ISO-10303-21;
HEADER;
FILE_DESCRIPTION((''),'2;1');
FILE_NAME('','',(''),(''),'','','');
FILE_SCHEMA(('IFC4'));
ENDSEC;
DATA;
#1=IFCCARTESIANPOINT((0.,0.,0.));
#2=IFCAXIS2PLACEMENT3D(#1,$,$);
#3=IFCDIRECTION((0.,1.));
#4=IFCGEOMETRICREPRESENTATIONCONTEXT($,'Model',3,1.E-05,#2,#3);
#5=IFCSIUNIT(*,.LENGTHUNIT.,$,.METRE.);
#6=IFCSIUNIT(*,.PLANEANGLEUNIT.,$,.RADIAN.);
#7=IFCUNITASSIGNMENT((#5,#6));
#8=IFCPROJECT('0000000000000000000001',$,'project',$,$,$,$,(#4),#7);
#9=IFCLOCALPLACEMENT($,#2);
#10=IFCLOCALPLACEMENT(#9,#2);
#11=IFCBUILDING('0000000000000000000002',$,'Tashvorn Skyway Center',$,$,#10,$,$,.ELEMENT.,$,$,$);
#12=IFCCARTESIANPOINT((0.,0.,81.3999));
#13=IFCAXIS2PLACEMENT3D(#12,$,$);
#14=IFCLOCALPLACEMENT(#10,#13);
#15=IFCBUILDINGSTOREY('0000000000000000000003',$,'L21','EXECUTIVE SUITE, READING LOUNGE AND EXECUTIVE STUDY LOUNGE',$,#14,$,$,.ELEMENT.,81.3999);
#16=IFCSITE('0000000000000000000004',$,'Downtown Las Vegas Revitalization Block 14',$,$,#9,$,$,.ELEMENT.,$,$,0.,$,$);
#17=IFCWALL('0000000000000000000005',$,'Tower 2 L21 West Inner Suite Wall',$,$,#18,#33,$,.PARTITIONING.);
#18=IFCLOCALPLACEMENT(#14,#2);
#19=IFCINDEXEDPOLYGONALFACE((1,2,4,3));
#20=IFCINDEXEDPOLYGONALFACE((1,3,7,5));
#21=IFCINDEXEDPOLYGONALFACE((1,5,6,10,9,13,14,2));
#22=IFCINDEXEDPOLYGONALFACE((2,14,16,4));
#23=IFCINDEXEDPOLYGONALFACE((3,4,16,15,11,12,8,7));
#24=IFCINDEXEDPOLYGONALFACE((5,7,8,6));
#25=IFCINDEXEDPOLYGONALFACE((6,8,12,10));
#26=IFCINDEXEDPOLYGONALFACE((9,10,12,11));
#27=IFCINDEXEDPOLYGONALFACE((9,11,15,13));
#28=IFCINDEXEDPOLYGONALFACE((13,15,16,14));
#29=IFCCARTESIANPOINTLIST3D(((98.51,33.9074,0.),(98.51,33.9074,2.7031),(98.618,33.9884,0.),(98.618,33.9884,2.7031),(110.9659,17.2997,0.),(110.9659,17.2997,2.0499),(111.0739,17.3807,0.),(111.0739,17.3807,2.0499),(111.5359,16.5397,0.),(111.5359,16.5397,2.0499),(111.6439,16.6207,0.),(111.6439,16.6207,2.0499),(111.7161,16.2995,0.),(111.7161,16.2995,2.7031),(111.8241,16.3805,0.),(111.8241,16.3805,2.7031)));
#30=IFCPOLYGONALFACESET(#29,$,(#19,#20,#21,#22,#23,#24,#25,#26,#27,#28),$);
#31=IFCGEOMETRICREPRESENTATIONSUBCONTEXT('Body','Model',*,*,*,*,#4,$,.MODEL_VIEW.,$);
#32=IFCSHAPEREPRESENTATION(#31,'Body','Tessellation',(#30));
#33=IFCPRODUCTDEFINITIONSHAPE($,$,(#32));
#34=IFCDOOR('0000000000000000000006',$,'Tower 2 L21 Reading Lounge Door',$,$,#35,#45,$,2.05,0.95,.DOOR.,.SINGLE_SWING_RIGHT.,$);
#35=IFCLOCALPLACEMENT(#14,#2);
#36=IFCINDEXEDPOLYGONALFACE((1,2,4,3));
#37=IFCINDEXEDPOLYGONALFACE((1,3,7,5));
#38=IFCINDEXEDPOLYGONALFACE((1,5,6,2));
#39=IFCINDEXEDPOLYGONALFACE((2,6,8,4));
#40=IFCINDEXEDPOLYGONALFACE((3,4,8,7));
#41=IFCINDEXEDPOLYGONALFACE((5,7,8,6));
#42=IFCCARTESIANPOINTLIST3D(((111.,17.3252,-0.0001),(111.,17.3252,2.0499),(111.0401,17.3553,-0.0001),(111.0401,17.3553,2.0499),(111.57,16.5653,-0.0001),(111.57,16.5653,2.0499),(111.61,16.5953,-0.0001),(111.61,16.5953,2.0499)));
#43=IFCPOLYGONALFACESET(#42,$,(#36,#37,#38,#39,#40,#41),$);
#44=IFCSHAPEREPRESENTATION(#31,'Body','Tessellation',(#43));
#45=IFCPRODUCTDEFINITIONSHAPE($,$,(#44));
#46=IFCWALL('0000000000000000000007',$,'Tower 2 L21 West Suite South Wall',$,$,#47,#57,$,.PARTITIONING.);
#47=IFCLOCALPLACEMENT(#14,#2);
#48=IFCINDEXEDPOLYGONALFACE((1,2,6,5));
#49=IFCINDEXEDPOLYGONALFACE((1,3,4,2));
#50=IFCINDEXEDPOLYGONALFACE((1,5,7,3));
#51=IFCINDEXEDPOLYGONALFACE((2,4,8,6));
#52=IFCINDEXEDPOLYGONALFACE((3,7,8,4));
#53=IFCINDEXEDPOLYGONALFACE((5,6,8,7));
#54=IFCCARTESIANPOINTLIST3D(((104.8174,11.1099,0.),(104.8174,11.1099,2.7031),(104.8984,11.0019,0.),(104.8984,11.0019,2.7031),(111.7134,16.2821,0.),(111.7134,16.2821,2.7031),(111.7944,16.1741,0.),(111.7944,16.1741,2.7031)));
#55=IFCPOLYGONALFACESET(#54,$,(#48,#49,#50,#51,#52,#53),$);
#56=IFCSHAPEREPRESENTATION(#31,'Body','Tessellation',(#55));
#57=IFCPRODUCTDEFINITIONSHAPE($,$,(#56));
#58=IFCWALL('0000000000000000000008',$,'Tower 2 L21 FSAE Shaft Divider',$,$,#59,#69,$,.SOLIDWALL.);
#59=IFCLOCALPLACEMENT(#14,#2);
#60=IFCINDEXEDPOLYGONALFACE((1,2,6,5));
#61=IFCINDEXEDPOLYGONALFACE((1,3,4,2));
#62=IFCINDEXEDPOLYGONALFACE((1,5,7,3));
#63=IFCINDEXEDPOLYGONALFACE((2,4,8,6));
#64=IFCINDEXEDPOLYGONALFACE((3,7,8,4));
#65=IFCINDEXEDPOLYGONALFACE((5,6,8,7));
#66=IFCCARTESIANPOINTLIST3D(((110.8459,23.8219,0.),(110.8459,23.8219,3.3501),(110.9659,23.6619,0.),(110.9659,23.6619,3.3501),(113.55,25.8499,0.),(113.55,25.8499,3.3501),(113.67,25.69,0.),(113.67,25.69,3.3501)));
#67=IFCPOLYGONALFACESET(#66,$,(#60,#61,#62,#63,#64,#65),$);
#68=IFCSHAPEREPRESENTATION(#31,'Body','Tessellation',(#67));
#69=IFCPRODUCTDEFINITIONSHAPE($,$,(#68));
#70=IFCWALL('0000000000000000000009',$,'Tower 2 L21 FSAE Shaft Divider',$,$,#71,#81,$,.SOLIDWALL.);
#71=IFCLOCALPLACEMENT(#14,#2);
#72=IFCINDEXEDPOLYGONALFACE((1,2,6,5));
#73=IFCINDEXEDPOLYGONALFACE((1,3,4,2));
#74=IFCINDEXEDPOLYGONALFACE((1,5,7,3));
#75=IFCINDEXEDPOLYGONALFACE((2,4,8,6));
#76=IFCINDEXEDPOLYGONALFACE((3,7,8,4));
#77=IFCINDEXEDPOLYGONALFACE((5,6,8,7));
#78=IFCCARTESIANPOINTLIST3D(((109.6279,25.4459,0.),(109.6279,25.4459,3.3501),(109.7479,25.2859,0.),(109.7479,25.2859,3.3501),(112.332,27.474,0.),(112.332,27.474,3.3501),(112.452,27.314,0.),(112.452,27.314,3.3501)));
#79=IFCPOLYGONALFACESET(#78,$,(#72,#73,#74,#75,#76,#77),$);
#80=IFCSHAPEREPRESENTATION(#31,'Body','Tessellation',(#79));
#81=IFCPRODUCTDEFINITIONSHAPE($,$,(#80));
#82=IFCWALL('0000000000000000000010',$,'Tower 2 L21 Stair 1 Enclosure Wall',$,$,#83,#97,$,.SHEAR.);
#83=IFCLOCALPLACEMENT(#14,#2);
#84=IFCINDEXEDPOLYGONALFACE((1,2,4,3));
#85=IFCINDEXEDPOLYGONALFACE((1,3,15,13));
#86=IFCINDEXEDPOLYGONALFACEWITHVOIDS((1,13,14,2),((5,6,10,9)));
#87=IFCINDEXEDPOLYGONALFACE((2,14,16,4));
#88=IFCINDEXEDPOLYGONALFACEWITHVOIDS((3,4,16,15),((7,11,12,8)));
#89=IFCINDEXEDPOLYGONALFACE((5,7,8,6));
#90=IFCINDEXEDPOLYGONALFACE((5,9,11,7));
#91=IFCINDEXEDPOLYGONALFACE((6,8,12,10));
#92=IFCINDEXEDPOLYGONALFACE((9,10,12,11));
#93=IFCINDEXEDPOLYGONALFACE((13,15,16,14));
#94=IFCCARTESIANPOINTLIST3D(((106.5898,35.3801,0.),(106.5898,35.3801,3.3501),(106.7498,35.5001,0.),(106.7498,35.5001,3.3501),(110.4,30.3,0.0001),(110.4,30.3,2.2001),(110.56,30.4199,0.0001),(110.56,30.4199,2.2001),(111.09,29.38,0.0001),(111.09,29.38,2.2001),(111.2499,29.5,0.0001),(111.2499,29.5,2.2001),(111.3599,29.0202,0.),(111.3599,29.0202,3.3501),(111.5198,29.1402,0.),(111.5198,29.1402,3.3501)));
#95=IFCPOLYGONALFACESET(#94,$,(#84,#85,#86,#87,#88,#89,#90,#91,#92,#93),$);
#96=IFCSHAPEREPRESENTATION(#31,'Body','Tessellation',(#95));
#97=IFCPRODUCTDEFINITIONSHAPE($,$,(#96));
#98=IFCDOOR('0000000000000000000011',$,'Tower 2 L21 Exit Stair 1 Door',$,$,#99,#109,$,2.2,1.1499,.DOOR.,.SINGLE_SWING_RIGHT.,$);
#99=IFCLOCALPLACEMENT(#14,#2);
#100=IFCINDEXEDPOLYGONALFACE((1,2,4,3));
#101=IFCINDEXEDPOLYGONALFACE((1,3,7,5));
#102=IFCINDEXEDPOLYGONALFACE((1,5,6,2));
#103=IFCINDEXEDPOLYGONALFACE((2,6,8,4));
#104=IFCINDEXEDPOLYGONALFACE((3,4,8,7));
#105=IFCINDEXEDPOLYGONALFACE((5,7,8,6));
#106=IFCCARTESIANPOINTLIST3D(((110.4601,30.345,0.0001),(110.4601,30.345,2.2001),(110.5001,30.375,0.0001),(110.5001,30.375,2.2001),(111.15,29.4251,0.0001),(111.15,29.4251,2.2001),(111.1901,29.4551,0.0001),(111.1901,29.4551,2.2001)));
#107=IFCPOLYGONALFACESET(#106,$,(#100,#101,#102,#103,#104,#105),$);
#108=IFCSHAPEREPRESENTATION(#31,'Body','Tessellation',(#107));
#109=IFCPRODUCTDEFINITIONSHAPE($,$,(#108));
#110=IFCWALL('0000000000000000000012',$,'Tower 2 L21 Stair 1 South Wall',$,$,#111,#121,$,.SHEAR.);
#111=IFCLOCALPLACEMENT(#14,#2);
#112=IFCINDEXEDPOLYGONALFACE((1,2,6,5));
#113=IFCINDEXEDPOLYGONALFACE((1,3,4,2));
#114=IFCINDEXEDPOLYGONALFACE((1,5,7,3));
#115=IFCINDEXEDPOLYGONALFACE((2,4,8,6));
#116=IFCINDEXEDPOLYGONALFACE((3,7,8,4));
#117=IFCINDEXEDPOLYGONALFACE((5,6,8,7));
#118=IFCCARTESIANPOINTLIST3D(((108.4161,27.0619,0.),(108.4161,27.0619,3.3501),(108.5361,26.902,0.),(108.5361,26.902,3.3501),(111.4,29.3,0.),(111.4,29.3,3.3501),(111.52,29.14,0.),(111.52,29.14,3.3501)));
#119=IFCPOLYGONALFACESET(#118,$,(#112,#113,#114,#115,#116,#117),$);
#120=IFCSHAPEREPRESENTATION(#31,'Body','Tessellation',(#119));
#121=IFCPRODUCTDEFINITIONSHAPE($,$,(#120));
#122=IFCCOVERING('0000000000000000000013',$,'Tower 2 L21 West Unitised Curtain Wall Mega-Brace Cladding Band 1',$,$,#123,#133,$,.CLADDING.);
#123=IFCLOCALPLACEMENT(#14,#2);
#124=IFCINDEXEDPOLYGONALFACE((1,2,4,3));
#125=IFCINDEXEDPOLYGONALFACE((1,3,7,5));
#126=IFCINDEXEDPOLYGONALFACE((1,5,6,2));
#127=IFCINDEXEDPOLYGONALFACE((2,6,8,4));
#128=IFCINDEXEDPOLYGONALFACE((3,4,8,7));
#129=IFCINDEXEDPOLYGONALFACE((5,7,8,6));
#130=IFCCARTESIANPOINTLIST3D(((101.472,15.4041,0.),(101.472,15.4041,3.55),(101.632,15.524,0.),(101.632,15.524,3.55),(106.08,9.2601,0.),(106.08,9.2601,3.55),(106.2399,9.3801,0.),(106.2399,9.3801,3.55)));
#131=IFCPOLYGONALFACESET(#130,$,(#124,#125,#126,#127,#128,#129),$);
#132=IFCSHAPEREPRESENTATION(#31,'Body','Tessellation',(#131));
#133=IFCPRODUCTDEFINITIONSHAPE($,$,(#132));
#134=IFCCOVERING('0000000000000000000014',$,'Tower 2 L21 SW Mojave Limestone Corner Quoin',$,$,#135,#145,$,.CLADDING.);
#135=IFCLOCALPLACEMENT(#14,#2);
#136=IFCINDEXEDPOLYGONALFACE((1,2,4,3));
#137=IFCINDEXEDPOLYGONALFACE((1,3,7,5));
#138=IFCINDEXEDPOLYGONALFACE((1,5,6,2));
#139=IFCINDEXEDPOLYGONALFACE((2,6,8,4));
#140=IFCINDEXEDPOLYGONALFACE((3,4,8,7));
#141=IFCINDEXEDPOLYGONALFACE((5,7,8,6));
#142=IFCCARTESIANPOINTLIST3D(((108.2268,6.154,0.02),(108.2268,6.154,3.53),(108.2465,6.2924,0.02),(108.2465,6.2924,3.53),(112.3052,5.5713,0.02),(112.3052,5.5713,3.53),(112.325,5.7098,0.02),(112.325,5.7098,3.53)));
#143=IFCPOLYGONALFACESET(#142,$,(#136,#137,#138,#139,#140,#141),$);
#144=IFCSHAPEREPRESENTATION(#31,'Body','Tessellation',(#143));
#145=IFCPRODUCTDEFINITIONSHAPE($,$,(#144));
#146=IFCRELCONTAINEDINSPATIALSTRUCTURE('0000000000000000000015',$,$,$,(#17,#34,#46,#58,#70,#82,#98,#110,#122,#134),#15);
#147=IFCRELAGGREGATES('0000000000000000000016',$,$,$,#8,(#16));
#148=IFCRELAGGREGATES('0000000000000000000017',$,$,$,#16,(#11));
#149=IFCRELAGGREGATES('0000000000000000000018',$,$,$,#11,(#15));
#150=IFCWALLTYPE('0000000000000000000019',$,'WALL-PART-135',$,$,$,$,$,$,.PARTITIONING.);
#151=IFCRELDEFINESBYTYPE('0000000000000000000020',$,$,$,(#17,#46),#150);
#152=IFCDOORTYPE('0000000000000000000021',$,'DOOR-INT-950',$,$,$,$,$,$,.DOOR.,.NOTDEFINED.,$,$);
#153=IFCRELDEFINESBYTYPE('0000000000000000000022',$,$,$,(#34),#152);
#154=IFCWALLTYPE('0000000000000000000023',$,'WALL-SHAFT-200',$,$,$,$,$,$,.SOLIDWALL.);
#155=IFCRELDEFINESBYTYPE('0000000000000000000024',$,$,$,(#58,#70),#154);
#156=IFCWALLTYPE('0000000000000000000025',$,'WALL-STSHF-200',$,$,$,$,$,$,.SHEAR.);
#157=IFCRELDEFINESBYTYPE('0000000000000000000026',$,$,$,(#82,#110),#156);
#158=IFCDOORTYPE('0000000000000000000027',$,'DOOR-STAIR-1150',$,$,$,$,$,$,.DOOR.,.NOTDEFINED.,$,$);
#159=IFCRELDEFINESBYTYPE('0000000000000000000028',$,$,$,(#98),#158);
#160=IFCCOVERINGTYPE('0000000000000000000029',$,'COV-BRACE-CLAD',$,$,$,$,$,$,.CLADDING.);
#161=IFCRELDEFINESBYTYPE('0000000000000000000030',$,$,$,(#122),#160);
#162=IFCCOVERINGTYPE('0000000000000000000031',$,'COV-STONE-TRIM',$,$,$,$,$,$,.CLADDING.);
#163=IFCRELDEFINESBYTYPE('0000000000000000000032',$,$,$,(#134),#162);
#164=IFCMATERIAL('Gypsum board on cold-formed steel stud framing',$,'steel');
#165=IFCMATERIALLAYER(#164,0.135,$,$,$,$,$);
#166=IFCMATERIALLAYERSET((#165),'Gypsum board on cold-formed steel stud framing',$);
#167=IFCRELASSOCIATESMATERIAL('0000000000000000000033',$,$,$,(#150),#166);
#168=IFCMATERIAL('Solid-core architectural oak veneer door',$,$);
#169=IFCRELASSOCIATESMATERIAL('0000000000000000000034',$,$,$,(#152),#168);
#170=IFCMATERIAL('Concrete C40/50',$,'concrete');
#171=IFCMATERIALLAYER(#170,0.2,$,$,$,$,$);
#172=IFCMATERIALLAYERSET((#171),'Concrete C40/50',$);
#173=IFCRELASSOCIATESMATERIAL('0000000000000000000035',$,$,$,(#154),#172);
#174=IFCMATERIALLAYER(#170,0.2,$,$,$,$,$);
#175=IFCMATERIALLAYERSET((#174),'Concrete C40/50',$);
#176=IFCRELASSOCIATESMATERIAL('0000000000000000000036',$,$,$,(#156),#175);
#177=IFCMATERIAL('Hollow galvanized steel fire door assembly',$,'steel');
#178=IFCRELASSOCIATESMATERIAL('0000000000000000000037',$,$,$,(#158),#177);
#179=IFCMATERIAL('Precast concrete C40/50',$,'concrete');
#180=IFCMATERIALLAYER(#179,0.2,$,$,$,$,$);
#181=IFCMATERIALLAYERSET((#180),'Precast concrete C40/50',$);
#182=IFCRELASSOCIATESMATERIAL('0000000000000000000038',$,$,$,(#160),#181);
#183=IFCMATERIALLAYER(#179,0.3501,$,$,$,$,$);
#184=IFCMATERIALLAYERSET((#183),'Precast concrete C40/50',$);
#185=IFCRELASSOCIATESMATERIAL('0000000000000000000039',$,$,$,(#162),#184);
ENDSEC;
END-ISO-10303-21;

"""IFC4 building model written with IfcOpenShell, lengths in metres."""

from ifc_helpers import new_model, si_unit, direction, frame, frame_2d, origin, origin_2d, place, context, subcontext, project, spatial, rectangle, extrude, material, layer, layer_set, type_object, element, fill, save


model = new_model("IFC4")

# Units and contexts
model_context = context("Model", 3, precision=1e-05, world=origin(), true_north=direction((0.0, 1.0)))
body_context = subcontext(model_context, "Body", "Model", "MODEL_VIEW")
ifc_project = project(units=[si_unit("LENGTHUNIT", "METRE"), si_unit("PLANEANGLEUNIT", "RADIAN")], contexts=[model_context])

# Site, building, storey
site_placement = place(None, origin())
site = spatial("IfcSite", under=ifc_project, at=site_placement, Name="Downtown Las Vegas Revitalization Block 14", CompositionType="ELEMENT", RefElevation=0.0)
building_placement = place(site_placement, origin())
building = spatial("IfcBuilding", under=site, at=building_placement, Name="Tashvorn Skyway Center", CompositionType="ELEMENT")
storey_placement = place(building_placement, frame((0.0, 0.0, 81.3999)))
storey = spatial("IfcBuildingStorey", under=building, at=storey_placement, Name="L21", Description="EXECUTIVE SUITE, READING LOUNGE AND EXECUTIVE STUDY LOUNGE", CompositionType="ELEMENT", Elevation=81.3999)

# Shared definitions
ifc_material_1 = material(Name="Precast concrete C40/50", Category="concrete")

# Wall, opening, door
ifc_material_2 = material(Name="Concrete C40/50", Category="concrete")
ifc_material_3 = material(Name="Hollow galvanized steel fire door assembly", Category="steel")
ifc_material_4 = material(Name="Gypsum board on cold-formed steel stud framing", Category="steel")
ifc_layer_1 = layer(ifc_material_4, 0.135)
ifc_layer_set_1 = layer_set([ifc_layer_1], Name="Gypsum board on cold-formed steel stud framing")
wall_type_1 = type_object("IfcWallType", Name="WALL-PART-135", PredefinedType="PARTITIONING", material=ifc_layer_set_1)
wall_1_placement = place(storey_placement, frame((111.77, 16.3401, 0.0), z_axis=(0.0, 0.0, 1.0), x_axis=(-0.600004, 0.799997, 0.0)))
wall_1 = element("IfcWall", 1, at=wall_1_placement, inside=storey, type_object=wall_type_1, Name="Tower 2 L21 West Inner Suite Wall", PredefinedType="PARTITIONING", context=body_context, shape_type="SweptSolid", body=[
    extrude(rectangle(XDim=22.01, YDim=0.135, at=frame_2d((11.0049, 0.0))), origin(), (0.0, 0.0, 1.0), 2.7031),
])
opening_1_placement = place(wall_1_placement, frame((0.3, 0.0, 0.0)))
opening_1 = element("IfcOpeningElement", 2, at=opening_1_placement, cuts=wall_1, PredefinedType="OPENING", context=body_context, shape_type="SweptSolid", body=[
    extrude(rectangle(XDim=0.95, YDim=2.05, at=frame_2d((0.4751, 1.0249))), frame((0.0, 0.0774, 0.0), z_axis=(0.0, -1.0, 0.0), x_axis=(1.0, 0.0, 0.0)), (0.0, 0.0, 1.0), 0.155),
])
ifc_material_5 = material(Name="Solid-core architectural oak veneer door")
door_type_1 = type_object("IfcDoorType", Name="DOOR-INT-950", OperationType="NOTDEFINED", PredefinedType="DOOR", material=ifc_material_5)
door_1_placement = place(opening_1_placement, origin())
door_1 = element("IfcDoor", 3, at=door_1_placement, inside=storey, type_object=door_type_1, Name="Tower 2 L21 Reading Lounge Door", OperationType="SINGLE_SWING_RIGHT", OverallHeight=2.05, OverallWidth=0.95, PredefinedType="DOOR", context=body_context, shape_type="SweptSolid", body=[
    extrude(rectangle(XDim=0.95, YDim=2.05, at=frame_2d((0.4751, 1.0249))), frame((0.0, 0.0249, 0.0), z_axis=(0.0, -1.0, 0.0), x_axis=(1.0, 0.0, 0.0)), (0.0, 0.0, 1.0), 0.05),
])
fill(opening_1, door_1)

# Walls
wall_2_placement = place(storey_placement, frame((104.8579, 11.0559, 0.0), z_axis=(0.0, 0.0, 1.0), x_axis=(0.799993, 0.600009, 0.0)))
element("IfcWall", 4, at=wall_2_placement, inside=storey, type_object=wall_type_1, Name="Tower 2 L21 West Suite South Wall", PredefinedType="PARTITIONING", context=body_context, shape_type="SweptSolid", body=[
    extrude(rectangle(XDim=8.6201, YDim=0.135, at=frame_2d((4.3101, 0.0))), origin(), (0.0, 0.0, 1.0), 2.7031),
])
ifc_layer_2 = layer(ifc_material_2, 0.2)
ifc_layer_set_2 = layer_set([ifc_layer_2], Name="Concrete C40/50")
wall_type_2 = type_object("IfcWallType", Name="WALL-SHAFT-200", PredefinedType="SOLIDWALL", material=ifc_layer_set_2)
for number, where, z_axis, x_axis, name in (
    (5, (110.906, 23.7419, 0.0), (0.0, 0.0, 1.0), (0.8, 0.6, 0.0), "Tower 2 L21 FSAE Shaft Divider"),
    (6, (109.688, 25.366, 0.0), (0.0, 0.0, 1.0), (0.8, 0.6, 0.0), "Tower 2 L21 FSAE Shaft Divider"),
):
    element("IfcWall", number, at=place(storey_placement, frame(where, z_axis=z_axis, x_axis=x_axis)), inside=storey, type_object=wall_type_2, Name=name, PredefinedType="SOLIDWALL", context=body_context, shape_type="SweptSolid", body=[
        extrude(rectangle(XDim=3.3801, YDim=0.2, at=frame_2d((1.6899, 0.0))), origin(), (0.0, 0.0, 1.0), 3.3501),
    ])

# Wall, opening, door
ifc_layer_3 = layer(ifc_material_2, 0.2)
ifc_layer_set_3 = layer_set([ifc_layer_3], Name="Concrete C40/50")
wall_type_3 = type_object("IfcWallType", Name="WALL-STSHF-200", PredefinedType="SHEAR", material=ifc_layer_set_3)
wall_3_placement = place(storey_placement, frame((111.4399, 29.0801, 0.0), z_axis=(0.0, 0.0, 1.0), x_axis=(-0.60001, 0.799993, 0.0)))
wall_3 = element("IfcWall", 7, at=wall_3_placement, inside=storey, type_object=wall_type_3, Name="Tower 2 L21 Stair 1 Enclosure Wall", PredefinedType="SHEAR", context=body_context, shape_type="SweptSolid", body=[
    extrude(rectangle(XDim=7.95, YDim=0.2, at=frame_2d((3.9751, 0.0))), origin(), (0.0, 0.0, 1.0), 3.3501),
])
opening_2_placement = place(wall_3_placement, frame((0.45, 0.0, 0.0)))
opening_2 = element("IfcOpeningElement", 8, at=opening_2_placement, cuts=wall_3, PredefinedType="OPENING", context=body_context, shape_type="SweptSolid", body=[
    extrude(rectangle(XDim=1.1499, YDim=2.2, at=frame_2d((0.575, 1.1001))), frame((0.0, 0.1099, 0.0), z_axis=(0.0, -1.0, 0.0), x_axis=(1.0, 0.0, 0.0)), (0.0, 0.0, 1.0), 0.22),
])
door_type_2 = type_object("IfcDoorType", Name="DOOR-STAIR-1150", OperationType="NOTDEFINED", PredefinedType="DOOR", material=ifc_material_3)
door_2_placement = place(opening_2_placement, origin())
door_2 = element("IfcDoor", 9, at=door_2_placement, inside=storey, type_object=door_type_2, Name="Tower 2 L21 Exit Stair 1 Door", OperationType="SINGLE_SWING_RIGHT", OverallHeight=2.2, OverallWidth=1.1499, PredefinedType="DOOR", context=body_context, shape_type="SweptSolid", body=[
    extrude(rectangle(XDim=1.1499, YDim=2.2, at=frame_2d((0.575, 1.1001))), frame((0.0, 0.0249, 0.0), z_axis=(0.0, -1.0, 0.0), x_axis=(1.0, 0.0, 0.0)), (0.0, 0.0, 1.0), 0.05),
])
fill(opening_2, door_2)

# Wall
wall_4_placement = place(storey_placement, frame((108.4761, 26.9819, 0.0), z_axis=(0.0, 0.0, 1.0), x_axis=(0.799984, 0.600021, 0.0)))
element("IfcWall", 10, at=wall_4_placement, inside=storey, type_object=wall_type_3, Name="Tower 2 L21 Stair 1 South Wall", PredefinedType="SHEAR", context=body_context, shape_type="SweptSolid", body=[
    extrude(rectangle(XDim=3.73, YDim=0.2, at=frame_2d((1.865, 0.0))), origin(), (0.0, 0.0, 1.0), 3.3501),
])

# Coverings
ifc_layer_4 = layer(ifc_material_1, 0.2)
ifc_layer_set_4 = layer_set([ifc_layer_4], Name="Precast concrete C40/50")
covering_type_1 = type_object("IfcCoveringType", Name="COV-BRACE-CLAD", PredefinedType="CLADDING", material=ifc_layer_set_4)
covering_1_placement = place(storey_placement, frame((103.856, 12.3921, 0.0), z_axis=(0.0, 0.0, 1.0), x_axis=(-0.6, 0.8, 0.0)))
element("IfcCovering", 11, at=covering_1_placement, inside=storey, type_object=covering_type_1, Name="Tower 2 L21 West Unitised Curtain Wall Mega-Brace Cladding Band 1", PredefinedType="CLADDING", context=body_context, shape_type="SweptSolid", body=[
    extrude(rectangle(XDim=7.6799, YDim=0.2, at=origin_2d()), origin(), (0.0, 0.0, 1.0), 3.55),
])
ifc_layer_5 = layer(ifc_material_1, 0.3501)
ifc_layer_set_5 = layer_set([ifc_layer_5], Name="Precast concrete C40/50")
covering_type_2 = type_object("IfcCoveringType", Name="COV-STONE-TRIM", PredefinedType="CLADDING", material=ifc_layer_set_5)
covering_2_placement = place(storey_placement, frame((110.2759, 5.9319, 0.02), z_axis=(0.0, 0.0, 1.0), x_axis=(-0.989949, 0.141421, 0.0)))
element("IfcCovering", 12, at=covering_2_placement, inside=storey, type_object=covering_type_2, Name="Tower 2 L21 SW Mojave Limestone Corner Quoin", PredefinedType="CLADDING", context=body_context, shape_type="SweptSolid", body=[
    extrude(rectangle(XDim=4.1199, YDim=0.1399, at=origin_2d()), origin(), (0.0, 0.0, 1.0), 3.51),
])

save(model, "model.ifc")
